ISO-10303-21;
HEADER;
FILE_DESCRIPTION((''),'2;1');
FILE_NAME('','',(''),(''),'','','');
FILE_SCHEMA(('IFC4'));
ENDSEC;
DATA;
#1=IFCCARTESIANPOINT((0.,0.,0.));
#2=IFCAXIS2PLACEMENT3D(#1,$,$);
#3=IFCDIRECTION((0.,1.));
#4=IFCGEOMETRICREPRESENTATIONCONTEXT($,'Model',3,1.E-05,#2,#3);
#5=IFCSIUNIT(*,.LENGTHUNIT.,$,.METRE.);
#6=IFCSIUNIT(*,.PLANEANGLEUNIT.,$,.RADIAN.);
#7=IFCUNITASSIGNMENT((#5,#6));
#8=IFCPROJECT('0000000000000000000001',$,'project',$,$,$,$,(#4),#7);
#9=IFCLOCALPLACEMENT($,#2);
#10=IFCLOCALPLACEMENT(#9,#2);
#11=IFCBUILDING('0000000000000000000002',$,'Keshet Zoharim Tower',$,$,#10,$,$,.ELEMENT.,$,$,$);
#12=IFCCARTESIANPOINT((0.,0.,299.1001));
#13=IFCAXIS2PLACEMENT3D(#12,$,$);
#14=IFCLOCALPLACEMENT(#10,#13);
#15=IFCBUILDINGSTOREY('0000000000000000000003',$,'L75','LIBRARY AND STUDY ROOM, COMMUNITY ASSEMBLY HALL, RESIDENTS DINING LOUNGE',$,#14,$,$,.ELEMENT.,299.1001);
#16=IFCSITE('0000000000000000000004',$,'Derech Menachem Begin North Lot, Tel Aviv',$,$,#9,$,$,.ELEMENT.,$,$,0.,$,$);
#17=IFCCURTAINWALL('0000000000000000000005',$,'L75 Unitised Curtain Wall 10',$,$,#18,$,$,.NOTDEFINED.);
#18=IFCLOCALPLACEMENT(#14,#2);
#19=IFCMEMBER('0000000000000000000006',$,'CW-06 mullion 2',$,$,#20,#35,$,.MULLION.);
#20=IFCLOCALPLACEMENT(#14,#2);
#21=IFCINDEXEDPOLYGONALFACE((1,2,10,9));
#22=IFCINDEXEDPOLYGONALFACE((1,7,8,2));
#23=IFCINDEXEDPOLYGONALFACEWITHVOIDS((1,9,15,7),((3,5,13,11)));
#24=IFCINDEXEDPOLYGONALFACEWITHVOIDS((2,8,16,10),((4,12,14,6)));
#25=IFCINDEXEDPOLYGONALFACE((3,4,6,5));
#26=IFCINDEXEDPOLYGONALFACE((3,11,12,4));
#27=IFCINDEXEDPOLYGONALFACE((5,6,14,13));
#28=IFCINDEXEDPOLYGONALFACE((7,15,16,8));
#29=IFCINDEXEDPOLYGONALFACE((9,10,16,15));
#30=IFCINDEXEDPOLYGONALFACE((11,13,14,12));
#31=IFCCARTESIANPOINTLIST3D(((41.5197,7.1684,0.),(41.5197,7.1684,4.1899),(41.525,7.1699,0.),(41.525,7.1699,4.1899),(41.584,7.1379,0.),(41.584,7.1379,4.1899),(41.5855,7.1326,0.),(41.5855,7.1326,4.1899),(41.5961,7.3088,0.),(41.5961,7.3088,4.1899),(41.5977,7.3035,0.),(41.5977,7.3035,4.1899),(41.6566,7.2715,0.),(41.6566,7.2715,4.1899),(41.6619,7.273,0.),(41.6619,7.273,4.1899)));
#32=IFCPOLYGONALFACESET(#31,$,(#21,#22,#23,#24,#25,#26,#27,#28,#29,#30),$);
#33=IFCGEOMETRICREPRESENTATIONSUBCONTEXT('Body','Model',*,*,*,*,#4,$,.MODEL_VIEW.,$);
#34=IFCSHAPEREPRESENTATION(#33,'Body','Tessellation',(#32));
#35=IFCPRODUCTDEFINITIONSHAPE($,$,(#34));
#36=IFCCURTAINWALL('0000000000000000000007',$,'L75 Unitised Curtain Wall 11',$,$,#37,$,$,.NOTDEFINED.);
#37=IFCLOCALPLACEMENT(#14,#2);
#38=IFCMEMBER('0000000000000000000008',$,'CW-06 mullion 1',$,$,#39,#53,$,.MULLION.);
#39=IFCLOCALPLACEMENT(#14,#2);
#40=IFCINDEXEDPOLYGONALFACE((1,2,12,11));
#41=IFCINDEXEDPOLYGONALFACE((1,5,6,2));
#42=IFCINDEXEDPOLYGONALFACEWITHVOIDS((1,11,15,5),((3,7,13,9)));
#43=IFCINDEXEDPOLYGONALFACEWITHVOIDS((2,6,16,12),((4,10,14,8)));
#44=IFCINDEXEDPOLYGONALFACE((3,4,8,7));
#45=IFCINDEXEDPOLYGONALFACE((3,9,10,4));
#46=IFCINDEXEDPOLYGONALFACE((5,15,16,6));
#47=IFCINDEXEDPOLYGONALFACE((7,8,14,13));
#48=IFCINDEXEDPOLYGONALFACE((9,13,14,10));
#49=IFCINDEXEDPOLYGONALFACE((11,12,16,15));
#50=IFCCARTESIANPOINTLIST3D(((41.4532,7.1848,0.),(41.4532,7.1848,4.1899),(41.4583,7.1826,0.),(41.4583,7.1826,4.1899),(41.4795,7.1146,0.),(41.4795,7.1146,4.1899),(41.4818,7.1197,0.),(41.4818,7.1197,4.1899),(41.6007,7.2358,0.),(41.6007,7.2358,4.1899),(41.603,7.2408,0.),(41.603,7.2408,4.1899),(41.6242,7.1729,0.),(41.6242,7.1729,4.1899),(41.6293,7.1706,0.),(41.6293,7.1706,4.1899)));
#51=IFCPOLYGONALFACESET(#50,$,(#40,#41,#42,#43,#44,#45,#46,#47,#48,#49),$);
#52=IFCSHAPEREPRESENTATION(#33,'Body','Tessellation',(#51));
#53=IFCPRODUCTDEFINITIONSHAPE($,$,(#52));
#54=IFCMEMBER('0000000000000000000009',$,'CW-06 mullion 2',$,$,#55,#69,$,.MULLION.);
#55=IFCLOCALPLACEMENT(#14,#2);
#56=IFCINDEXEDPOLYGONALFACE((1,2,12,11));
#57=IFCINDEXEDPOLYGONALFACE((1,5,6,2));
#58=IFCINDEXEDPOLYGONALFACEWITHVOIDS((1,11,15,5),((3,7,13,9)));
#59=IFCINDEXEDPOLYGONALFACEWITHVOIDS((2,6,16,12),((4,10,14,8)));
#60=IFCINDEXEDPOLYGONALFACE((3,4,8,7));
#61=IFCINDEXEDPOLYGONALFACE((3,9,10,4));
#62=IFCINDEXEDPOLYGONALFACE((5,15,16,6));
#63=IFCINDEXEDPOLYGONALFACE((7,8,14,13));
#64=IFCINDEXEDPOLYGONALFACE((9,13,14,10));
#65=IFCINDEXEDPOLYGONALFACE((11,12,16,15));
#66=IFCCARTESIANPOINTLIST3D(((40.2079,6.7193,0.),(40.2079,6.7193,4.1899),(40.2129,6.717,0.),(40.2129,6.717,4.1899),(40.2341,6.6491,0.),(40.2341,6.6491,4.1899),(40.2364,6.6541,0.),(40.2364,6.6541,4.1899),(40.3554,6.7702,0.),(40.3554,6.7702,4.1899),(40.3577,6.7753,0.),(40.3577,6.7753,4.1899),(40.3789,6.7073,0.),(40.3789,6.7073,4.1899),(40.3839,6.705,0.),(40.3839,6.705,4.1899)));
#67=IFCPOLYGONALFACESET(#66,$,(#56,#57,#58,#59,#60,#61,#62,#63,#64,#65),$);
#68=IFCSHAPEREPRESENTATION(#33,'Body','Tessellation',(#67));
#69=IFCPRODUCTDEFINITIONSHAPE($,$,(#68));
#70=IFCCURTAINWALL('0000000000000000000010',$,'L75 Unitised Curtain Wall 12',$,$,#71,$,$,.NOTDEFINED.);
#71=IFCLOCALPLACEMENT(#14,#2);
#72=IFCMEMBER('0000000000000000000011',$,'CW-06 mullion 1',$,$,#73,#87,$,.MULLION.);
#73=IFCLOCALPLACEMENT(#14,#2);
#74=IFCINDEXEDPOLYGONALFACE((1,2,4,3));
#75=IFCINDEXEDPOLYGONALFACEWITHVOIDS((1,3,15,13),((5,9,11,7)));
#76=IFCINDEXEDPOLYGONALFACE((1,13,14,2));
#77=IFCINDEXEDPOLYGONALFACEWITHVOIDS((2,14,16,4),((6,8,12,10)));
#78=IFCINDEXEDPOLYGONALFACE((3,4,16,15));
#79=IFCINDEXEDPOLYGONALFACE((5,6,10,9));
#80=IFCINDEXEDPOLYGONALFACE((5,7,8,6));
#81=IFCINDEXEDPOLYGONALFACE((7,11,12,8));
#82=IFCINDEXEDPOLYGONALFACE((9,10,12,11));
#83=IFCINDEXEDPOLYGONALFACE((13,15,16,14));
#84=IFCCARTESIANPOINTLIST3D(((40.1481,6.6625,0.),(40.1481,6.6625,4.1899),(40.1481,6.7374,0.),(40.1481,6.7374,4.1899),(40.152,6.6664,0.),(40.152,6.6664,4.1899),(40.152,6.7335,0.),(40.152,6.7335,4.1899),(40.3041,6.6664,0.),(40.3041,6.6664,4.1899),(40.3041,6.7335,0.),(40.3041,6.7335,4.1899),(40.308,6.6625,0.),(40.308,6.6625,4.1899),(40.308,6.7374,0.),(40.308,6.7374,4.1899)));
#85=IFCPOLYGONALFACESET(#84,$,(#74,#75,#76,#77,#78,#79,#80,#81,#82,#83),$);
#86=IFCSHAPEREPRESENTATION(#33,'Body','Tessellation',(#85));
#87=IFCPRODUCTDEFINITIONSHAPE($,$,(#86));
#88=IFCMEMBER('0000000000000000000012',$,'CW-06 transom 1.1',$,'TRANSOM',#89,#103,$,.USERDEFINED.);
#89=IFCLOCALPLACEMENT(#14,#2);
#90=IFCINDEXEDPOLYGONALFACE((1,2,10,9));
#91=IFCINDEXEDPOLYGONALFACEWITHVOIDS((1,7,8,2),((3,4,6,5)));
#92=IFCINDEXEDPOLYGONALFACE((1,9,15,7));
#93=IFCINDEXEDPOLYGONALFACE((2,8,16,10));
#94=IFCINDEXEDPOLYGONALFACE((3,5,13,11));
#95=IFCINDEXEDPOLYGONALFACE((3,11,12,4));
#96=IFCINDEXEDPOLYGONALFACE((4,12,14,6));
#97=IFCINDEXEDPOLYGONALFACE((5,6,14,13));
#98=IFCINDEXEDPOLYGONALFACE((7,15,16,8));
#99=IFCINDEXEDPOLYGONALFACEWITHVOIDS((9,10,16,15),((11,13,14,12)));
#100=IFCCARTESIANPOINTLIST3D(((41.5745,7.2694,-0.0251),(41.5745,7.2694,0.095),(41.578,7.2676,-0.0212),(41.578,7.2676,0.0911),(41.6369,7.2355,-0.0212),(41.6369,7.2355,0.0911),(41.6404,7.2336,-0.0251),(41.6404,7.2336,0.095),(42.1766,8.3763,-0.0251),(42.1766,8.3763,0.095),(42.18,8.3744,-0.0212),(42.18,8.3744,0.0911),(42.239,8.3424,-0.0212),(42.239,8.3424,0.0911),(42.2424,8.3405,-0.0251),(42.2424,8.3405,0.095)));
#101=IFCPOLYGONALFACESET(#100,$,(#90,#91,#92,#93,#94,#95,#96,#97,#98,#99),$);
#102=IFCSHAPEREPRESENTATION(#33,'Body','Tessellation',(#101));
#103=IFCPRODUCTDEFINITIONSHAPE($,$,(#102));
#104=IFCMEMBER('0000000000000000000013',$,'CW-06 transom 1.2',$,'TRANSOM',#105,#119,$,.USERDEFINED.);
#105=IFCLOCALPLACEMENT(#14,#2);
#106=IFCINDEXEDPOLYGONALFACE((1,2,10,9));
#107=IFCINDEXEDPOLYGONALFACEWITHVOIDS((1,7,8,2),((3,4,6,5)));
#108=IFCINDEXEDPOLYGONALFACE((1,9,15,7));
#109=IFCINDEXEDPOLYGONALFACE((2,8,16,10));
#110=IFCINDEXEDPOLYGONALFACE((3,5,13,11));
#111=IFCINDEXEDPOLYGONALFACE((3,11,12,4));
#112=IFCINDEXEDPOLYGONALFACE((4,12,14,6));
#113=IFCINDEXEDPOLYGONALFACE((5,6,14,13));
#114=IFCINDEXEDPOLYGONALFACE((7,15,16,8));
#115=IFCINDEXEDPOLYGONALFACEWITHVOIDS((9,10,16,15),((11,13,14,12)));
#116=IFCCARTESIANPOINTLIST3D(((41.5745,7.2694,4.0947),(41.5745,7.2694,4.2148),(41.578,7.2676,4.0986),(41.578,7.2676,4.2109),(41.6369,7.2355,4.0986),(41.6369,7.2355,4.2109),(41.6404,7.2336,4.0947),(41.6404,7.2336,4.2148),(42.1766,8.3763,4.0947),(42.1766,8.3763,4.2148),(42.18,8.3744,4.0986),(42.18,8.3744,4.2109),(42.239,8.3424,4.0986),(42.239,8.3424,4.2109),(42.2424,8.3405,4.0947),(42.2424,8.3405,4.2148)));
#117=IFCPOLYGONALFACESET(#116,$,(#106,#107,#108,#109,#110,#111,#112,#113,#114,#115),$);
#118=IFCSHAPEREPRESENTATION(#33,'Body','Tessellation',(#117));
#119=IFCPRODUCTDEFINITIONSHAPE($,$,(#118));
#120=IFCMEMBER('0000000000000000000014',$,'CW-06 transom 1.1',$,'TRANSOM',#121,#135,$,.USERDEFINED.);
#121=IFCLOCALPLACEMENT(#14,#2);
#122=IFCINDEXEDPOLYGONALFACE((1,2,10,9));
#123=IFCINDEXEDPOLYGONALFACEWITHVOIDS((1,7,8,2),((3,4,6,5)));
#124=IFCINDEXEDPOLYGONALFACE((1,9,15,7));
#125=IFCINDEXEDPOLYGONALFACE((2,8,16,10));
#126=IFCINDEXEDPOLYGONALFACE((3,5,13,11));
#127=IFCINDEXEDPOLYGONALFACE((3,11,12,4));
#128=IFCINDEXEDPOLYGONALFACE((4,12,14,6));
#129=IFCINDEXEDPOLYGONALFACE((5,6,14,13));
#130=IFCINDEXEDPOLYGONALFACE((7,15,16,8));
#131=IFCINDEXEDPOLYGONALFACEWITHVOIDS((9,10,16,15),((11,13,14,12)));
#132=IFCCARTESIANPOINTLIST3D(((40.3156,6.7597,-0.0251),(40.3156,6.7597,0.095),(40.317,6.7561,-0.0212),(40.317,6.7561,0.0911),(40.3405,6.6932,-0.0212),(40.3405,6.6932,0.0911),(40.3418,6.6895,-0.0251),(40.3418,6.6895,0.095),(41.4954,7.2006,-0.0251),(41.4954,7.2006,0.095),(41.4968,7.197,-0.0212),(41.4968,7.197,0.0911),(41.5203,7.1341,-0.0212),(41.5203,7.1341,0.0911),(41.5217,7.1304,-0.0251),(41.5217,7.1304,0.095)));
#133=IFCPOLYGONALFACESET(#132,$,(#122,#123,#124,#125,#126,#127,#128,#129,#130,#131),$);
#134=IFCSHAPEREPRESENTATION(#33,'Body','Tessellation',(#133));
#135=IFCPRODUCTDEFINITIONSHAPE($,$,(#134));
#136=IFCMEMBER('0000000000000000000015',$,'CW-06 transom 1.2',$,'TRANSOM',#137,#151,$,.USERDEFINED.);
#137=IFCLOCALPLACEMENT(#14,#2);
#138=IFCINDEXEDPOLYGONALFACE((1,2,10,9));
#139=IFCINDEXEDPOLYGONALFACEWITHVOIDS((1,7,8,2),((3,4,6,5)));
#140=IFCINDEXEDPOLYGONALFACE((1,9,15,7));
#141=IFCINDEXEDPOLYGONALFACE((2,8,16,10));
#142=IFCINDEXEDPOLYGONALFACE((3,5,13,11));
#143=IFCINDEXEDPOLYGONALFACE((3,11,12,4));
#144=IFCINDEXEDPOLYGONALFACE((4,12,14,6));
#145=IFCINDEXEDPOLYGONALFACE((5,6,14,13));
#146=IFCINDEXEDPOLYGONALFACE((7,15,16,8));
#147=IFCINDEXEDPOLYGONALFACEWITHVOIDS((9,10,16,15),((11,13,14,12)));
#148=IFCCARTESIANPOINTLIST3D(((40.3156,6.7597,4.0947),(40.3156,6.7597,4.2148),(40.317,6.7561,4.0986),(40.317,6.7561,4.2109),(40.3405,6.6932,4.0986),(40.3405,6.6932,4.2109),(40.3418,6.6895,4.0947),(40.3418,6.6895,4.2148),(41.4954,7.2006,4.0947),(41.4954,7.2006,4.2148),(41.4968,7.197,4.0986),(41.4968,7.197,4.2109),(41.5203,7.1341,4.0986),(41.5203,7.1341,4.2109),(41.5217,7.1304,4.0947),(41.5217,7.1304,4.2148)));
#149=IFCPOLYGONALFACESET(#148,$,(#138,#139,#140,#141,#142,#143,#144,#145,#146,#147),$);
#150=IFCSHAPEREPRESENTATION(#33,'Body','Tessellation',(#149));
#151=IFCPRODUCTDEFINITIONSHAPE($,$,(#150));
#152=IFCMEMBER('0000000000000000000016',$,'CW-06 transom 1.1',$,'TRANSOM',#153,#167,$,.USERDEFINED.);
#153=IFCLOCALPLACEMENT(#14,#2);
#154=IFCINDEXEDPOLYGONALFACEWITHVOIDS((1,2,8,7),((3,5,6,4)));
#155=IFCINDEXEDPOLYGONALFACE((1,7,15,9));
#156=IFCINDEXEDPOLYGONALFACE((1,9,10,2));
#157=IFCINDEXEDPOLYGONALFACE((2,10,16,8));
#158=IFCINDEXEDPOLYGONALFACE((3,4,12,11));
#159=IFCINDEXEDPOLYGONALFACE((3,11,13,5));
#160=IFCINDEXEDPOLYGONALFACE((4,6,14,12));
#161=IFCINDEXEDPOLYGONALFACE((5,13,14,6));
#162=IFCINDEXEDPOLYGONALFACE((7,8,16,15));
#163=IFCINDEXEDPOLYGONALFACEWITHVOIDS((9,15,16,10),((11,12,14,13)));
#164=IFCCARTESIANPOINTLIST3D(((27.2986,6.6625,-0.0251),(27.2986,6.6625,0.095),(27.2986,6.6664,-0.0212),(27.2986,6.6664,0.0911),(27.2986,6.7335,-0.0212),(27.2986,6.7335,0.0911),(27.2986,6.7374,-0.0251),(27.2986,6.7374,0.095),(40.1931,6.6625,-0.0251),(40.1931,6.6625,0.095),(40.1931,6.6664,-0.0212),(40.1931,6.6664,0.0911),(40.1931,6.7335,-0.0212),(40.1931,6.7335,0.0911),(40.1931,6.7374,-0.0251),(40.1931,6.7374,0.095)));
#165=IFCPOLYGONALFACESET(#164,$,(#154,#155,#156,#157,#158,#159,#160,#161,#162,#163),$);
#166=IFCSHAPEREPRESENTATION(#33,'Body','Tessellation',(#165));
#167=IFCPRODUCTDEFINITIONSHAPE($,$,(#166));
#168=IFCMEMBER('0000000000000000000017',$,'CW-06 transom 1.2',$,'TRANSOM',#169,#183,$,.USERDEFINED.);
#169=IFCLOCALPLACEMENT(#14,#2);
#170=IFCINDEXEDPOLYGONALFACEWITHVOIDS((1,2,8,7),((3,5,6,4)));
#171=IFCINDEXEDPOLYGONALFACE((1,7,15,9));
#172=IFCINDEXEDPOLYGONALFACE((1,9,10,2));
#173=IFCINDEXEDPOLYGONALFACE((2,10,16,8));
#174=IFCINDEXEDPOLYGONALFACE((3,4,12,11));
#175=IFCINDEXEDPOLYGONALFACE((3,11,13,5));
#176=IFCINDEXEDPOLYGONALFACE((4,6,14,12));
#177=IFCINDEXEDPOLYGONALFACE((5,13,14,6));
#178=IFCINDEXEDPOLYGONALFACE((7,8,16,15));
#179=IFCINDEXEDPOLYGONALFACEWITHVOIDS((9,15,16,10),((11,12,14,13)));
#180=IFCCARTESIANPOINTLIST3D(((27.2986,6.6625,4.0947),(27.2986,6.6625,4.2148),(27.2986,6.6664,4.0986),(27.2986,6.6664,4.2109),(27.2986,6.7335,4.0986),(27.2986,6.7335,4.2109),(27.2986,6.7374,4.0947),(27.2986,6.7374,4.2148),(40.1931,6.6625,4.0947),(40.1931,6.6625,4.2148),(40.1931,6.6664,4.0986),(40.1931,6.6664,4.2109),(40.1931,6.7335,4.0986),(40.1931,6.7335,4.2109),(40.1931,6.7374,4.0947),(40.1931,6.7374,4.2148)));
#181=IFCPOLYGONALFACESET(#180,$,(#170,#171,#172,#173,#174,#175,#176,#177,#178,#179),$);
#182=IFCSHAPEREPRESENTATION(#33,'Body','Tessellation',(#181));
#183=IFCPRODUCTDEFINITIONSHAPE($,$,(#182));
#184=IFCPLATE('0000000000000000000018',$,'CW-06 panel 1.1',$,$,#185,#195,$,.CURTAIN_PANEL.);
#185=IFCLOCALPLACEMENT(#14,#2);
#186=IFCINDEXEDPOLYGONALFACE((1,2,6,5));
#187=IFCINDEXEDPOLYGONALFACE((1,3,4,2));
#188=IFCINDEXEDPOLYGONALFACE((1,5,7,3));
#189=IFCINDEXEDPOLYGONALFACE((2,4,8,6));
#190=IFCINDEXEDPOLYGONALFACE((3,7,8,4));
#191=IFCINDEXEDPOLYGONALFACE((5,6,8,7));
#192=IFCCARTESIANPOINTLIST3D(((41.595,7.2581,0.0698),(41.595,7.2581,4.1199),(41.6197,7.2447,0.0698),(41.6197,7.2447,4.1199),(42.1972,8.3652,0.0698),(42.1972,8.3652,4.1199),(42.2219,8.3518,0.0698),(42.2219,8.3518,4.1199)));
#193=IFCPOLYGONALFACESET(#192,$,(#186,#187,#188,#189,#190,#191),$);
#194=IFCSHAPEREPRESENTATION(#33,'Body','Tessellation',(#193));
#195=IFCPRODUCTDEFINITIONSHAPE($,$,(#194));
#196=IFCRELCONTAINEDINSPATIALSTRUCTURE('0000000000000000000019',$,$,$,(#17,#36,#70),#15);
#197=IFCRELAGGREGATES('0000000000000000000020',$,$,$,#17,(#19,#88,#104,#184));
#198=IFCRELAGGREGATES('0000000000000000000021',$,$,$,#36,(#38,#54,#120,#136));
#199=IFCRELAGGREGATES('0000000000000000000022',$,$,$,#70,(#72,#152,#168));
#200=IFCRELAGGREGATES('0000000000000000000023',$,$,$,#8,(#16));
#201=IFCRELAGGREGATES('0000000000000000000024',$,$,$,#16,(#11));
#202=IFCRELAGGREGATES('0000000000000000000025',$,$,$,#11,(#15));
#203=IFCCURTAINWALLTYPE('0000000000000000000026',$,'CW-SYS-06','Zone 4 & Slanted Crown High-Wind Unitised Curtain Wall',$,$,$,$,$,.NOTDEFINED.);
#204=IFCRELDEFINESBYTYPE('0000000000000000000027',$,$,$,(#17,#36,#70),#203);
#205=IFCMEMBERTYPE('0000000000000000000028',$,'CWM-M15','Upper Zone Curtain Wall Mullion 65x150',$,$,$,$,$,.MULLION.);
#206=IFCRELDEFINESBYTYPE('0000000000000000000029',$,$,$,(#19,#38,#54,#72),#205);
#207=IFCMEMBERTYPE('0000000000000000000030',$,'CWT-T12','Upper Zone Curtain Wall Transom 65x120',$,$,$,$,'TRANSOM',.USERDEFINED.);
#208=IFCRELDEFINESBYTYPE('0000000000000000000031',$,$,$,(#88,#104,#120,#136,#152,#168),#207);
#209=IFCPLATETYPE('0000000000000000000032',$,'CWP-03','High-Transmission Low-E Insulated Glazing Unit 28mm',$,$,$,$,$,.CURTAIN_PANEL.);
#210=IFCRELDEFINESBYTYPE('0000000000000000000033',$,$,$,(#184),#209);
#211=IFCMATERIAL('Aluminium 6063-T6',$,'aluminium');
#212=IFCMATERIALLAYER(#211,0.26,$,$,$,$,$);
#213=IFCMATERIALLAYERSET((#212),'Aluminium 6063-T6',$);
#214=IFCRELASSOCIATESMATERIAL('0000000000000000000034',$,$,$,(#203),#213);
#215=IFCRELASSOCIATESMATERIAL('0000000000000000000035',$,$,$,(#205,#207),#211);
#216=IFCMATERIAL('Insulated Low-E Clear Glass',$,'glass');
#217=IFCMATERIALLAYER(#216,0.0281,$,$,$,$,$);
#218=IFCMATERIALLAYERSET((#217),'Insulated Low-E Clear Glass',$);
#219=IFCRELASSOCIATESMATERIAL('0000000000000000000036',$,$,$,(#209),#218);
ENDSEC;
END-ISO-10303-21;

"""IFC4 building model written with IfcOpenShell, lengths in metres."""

from ifc_helpers import new_model, si_unit, direction, frame, origin, origin_2d, place, context, subcontext, project, spatial, rectangle, hollow_rectangle, extrude, material, layer, layer_set, material_profile, profile_set, type_object, element, aggregate, save


model = new_model("IFC4")

# Units and contexts
model_context = context("Model", 3, precision=1e-05, world=origin(), true_north=direction((0.0, 1.0)))
body_context = subcontext(model_context, "Body", "Model", "MODEL_VIEW")
ifc_project = project(units=[si_unit("LENGTHUNIT", "METRE"), si_unit("PLANEANGLEUNIT", "RADIAN")], contexts=[model_context])

# Site, building, storey
site_placement = place(None, origin())
site = spatial("IfcSite", under=ifc_project, at=site_placement, Name="Derech Menachem Begin North Lot, Tel Aviv", CompositionType="ELEMENT", RefElevation=0.0)
building_placement = place(site_placement, origin())
building = spatial("IfcBuilding", under=site, at=building_placement, Name="Keshet Zoharim Tower", CompositionType="ELEMENT")
storey_placement = place(building_placement, frame((0.0, 0.0, 299.1001)))
storey = spatial("IfcBuildingStorey", under=building, at=storey_placement, Name="L75", Description="LIBRARY AND STUDY ROOM, COMMUNITY ASSEMBLY HALL, RESIDENTS DINING LOUNGE", CompositionType="ELEMENT", Elevation=299.1001)

# Curtain wall, member
ifc_material_1 = material(Name="Aluminium 6063-T6", Category="aluminium")
ifc_layer_1 = layer(ifc_material_1, 0.26)
ifc_layer_set_1 = layer_set([ifc_layer_1], Name="Aluminium 6063-T6")
curtain_wall_type = type_object("IfcCurtainWallType", Name="CW-SYS-06", Description="Zone 4 & Slanted Crown High-Wind Unitised Curtain Wall", PredefinedType="NOTDEFINED", material=ifc_layer_set_1)
curtain_wall_1_placement = place(storey_placement, origin())
curtain_wall_1 = element("IfcCurtainWall", 1, at=curtain_wall_1_placement, inside=storey, type_object=curtain_wall_type, Name="L75 Unitised Curtain Wall 10", PredefinedType="NOTDEFINED")
ifc_material_profile_1 = material_profile(ifc_material_1, hollow_rectangle(XDim=0.075, YDim=0.1599, WallThickness=0.0039, at=origin_2d()), Name="MUL-75x160")
ifc_profile_set_1 = profile_set([ifc_material_profile_1], Name="Aluminium 6063-T6")
member_type_1 = type_object("IfcMemberType", Name="CWM-M15", Description="Upper Zone Curtain Wall Mullion 65x150", PredefinedType="MULLION", material=ifc_profile_set_1)
member_1_placement = place(storey_placement, frame((41.5908, 7.2207, 0.0), z_axis=(0.0, 0.0, 1.0), x_axis=(0.878468, -0.477801, 0.0)))
member_1 = element("IfcMember", 2, at=member_1_placement, type_object=member_type_1, Name="CW-06 mullion 2", PredefinedType="MULLION", context=body_context, shape_type="SweptSolid", body=[
    extrude(hollow_rectangle(XDim=0.075, YDim=0.1599, WallThickness=0.0039, at=origin_2d()), origin(), (0.0, 0.0, 1.0), 4.1899),
])

# Curtain wall, members
curtain_wall_2_placement = place(storey_placement, origin())
curtain_wall_2 = element("IfcCurtainWall", 3, at=curtain_wall_2_placement, inside=storey, type_object=curtain_wall_type, Name="L75 Unitised Curtain Wall 11", PredefinedType="NOTDEFINED")
member_2_placement = place(storey_placement, frame((41.5413, 7.1777, 0.0), z_axis=(0.0, 0.0, 1.0), x_axis=(0.350105, -0.93671, 0.0)))
member_2 = element("IfcMember", 4, at=member_2_placement, type_object=member_type_1, Name="CW-06 mullion 1", PredefinedType="MULLION", context=body_context, shape_type="SweptSolid", body=[
    extrude(hollow_rectangle(XDim=0.075, YDim=0.1599, WallThickness=0.0039, at=origin_2d()), origin(), (0.0, 0.0, 1.0), 4.1899),
])
member_3_placement = place(storey_placement, frame((40.2959, 6.7122, 0.0), z_axis=(0.0, 0.0, 1.0), x_axis=(0.350105, -0.93671, 0.0)))
member_3 = element("IfcMember", 5, at=member_3_placement, type_object=member_type_1, Name="CW-06 mullion 2", PredefinedType="MULLION", context=body_context, shape_type="SweptSolid", body=[
    extrude(hollow_rectangle(XDim=0.075, YDim=0.1599, WallThickness=0.0039, at=origin_2d()), origin(), (0.0, 0.0, 1.0), 4.1899),
])

# Curtain wall, member
curtain_wall_3_placement = place(storey_placement, origin())
curtain_wall_3 = element("IfcCurtainWall", 6, at=curtain_wall_3_placement, inside=storey, type_object=curtain_wall_type, Name="L75 Unitised Curtain Wall 12", PredefinedType="NOTDEFINED")
member_4_placement = place(storey_placement, frame((40.228, 6.7, 0.0), z_axis=(0.0, 0.0, 1.0), x_axis=(0.0, -1.0, 0.0)))
member_4 = element("IfcMember", 7, at=member_4_placement, type_object=member_type_1, Name="CW-06 mullion 1", PredefinedType="MULLION", context=body_context, shape_type="SweptSolid", body=[
    extrude(hollow_rectangle(XDim=0.075, YDim=0.1599, WallThickness=0.0039, at=origin_2d()), origin(), (0.0, 0.0, 1.0), 4.1899),
])

# Members
ifc_material_profile_2 = material_profile(ifc_material_1, hollow_rectangle(XDim=0.075, YDim=0.1201, WallThickness=0.0039, at=origin_2d()), Name="TRN-75x120")
ifc_profile_set_2 = profile_set([ifc_material_profile_2], Name="Aluminium 6063-T6")
member_type_2 = type_object("IfcMemberType", Name="CWT-T12", Description="Upper Zone Curtain Wall Transom 65x120", ElementType="TRANSOM", PredefinedType="USERDEFINED", material=ifc_profile_set_2)
member_5_placement = place(storey_placement, frame((42.2095, 8.3584, 0.0349), z_axis=(-0.477793, -0.878472, 0.0), x_axis=(0.878472, -0.477793, 0.0)))
member_5 = element("IfcMember", 8, at=member_5_placement, type_object=member_type_2, Name="CW-06 transom 1.1", ObjectType="TRANSOM", PredefinedType="USERDEFINED", context=body_context, shape_type="SweptSolid", body=[
    extrude(hollow_rectangle(XDim=0.075, YDim=0.1201, WallThickness=0.0039, at=origin_2d()), origin(), (0.0, 0.0, 1.0), 1.26),
])
member_6_placement = place(storey_placement, frame((42.2095, 8.3584, 4.1548), z_axis=(-0.477793, -0.878472, 0.0), x_axis=(0.878472, -0.477793, 0.0)))
member_6 = element("IfcMember", 9, at=member_6_placement, type_object=member_type_2, Name="CW-06 transom 1.2", ObjectType="TRANSOM", PredefinedType="USERDEFINED", context=body_context, shape_type="SweptSolid", body=[
    extrude(hollow_rectangle(XDim=0.075, YDim=0.1201, WallThickness=0.0039, at=origin_2d()), origin(), (0.0, 0.0, 1.0), 1.26),
])
member_7_placement = place(storey_placement, frame((41.5085, 7.1655, 0.0349), z_axis=(-0.936735, -0.35004, 0.0), x_axis=(0.35004, -0.936735, 0.0)))
member_7 = element("IfcMember", 10, at=member_7_placement, type_object=member_type_2, Name="CW-06 transom 1.1", ObjectType="TRANSOM", PredefinedType="USERDEFINED", context=body_context, shape_type="SweptSolid", body=[
    extrude(hollow_rectangle(XDim=0.075, YDim=0.1201, WallThickness=0.0039, at=origin_2d()), origin(), (0.0, 0.0, 1.0), 1.2595),
])
member_8_placement = place(storey_placement, frame((41.5085, 7.1655, 4.1548), z_axis=(-0.936735, -0.35004, 0.0), x_axis=(0.35004, -0.936735, 0.0)))
member_8 = element("IfcMember", 11, at=member_8_placement, type_object=member_type_2, Name="CW-06 transom 1.2", ObjectType="TRANSOM", PredefinedType="USERDEFINED", context=body_context, shape_type="SweptSolid", body=[
    extrude(hollow_rectangle(XDim=0.075, YDim=0.1201, WallThickness=0.0039, at=origin_2d()), origin(), (0.0, 0.0, 1.0), 1.2595),
])
member_9_placement = place(storey_placement, frame((40.1931, 6.7, 0.0349), z_axis=(-1.0, 0.0, 0.0), x_axis=(0.0, -1.0, 0.0)))
member_9 = element("IfcMember", 12, at=member_9_placement, type_object=member_type_2, Name="CW-06 transom 1.1", ObjectType="TRANSOM", PredefinedType="USERDEFINED", context=body_context, shape_type="SweptSolid", body=[
    extrude(hollow_rectangle(XDim=0.075, YDim=0.1201, WallThickness=0.0039, at=origin_2d()), origin(), (0.0, 0.0, 1.0), 12.8945),
])
member_10_placement = place(storey_placement, frame((40.1931, 6.7, 4.1548), z_axis=(-1.0, 0.0, 0.0), x_axis=(0.0, -1.0, 0.0)))
member_10 = element("IfcMember", 13, at=member_10_placement, type_object=member_type_2, Name="CW-06 transom 1.2", ObjectType="TRANSOM", PredefinedType="USERDEFINED", context=body_context, shape_type="SweptSolid", body=[
    extrude(hollow_rectangle(XDim=0.075, YDim=0.1201, WallThickness=0.0039, at=origin_2d()), origin(), (0.0, 0.0, 1.0), 12.8945),
])

# Plate
ifc_material_2 = material(Name="Insulated Low-E Clear Glass", Category="glass")
ifc_layer_2 = layer(ifc_material_2, 0.0281)
ifc_layer_set_2 = layer_set([ifc_layer_2], Name="Insulated Low-E Clear Glass")
plate_type = type_object("IfcPlateType", Name="CWP-03", Description="High-Transmission Low-E Insulated Glazing Unit 28mm", PredefinedType="CURTAIN_PANEL", material=ifc_layer_set_2)
plate_1_placement = place(storey_placement, frame((41.9084, 7.8049, 0.0698), z_axis=(0.0, 0.0, 1.0), x_axis=(-0.477801, -0.878468, 0.0)))
plate_1 = element("IfcPlate", 14, at=plate_1_placement, type_object=plate_type, Name="CW-06 panel 1.1", PredefinedType="CURTAIN_PANEL", context=body_context, shape_type="SweptSolid", body=[
    extrude(rectangle(XDim=1.2603, YDim=0.0281, at=origin_2d()), origin(), (0.0, 0.0, 1.0), 4.05),
])
aggregate(curtain_wall_1, [member_1, member_5, member_6, plate_1])
aggregate(curtain_wall_2, [member_2, member_3, member_7, member_8])
aggregate(curtain_wall_3, [member_4, member_9, member_10])

save(model, "model.ifc")
